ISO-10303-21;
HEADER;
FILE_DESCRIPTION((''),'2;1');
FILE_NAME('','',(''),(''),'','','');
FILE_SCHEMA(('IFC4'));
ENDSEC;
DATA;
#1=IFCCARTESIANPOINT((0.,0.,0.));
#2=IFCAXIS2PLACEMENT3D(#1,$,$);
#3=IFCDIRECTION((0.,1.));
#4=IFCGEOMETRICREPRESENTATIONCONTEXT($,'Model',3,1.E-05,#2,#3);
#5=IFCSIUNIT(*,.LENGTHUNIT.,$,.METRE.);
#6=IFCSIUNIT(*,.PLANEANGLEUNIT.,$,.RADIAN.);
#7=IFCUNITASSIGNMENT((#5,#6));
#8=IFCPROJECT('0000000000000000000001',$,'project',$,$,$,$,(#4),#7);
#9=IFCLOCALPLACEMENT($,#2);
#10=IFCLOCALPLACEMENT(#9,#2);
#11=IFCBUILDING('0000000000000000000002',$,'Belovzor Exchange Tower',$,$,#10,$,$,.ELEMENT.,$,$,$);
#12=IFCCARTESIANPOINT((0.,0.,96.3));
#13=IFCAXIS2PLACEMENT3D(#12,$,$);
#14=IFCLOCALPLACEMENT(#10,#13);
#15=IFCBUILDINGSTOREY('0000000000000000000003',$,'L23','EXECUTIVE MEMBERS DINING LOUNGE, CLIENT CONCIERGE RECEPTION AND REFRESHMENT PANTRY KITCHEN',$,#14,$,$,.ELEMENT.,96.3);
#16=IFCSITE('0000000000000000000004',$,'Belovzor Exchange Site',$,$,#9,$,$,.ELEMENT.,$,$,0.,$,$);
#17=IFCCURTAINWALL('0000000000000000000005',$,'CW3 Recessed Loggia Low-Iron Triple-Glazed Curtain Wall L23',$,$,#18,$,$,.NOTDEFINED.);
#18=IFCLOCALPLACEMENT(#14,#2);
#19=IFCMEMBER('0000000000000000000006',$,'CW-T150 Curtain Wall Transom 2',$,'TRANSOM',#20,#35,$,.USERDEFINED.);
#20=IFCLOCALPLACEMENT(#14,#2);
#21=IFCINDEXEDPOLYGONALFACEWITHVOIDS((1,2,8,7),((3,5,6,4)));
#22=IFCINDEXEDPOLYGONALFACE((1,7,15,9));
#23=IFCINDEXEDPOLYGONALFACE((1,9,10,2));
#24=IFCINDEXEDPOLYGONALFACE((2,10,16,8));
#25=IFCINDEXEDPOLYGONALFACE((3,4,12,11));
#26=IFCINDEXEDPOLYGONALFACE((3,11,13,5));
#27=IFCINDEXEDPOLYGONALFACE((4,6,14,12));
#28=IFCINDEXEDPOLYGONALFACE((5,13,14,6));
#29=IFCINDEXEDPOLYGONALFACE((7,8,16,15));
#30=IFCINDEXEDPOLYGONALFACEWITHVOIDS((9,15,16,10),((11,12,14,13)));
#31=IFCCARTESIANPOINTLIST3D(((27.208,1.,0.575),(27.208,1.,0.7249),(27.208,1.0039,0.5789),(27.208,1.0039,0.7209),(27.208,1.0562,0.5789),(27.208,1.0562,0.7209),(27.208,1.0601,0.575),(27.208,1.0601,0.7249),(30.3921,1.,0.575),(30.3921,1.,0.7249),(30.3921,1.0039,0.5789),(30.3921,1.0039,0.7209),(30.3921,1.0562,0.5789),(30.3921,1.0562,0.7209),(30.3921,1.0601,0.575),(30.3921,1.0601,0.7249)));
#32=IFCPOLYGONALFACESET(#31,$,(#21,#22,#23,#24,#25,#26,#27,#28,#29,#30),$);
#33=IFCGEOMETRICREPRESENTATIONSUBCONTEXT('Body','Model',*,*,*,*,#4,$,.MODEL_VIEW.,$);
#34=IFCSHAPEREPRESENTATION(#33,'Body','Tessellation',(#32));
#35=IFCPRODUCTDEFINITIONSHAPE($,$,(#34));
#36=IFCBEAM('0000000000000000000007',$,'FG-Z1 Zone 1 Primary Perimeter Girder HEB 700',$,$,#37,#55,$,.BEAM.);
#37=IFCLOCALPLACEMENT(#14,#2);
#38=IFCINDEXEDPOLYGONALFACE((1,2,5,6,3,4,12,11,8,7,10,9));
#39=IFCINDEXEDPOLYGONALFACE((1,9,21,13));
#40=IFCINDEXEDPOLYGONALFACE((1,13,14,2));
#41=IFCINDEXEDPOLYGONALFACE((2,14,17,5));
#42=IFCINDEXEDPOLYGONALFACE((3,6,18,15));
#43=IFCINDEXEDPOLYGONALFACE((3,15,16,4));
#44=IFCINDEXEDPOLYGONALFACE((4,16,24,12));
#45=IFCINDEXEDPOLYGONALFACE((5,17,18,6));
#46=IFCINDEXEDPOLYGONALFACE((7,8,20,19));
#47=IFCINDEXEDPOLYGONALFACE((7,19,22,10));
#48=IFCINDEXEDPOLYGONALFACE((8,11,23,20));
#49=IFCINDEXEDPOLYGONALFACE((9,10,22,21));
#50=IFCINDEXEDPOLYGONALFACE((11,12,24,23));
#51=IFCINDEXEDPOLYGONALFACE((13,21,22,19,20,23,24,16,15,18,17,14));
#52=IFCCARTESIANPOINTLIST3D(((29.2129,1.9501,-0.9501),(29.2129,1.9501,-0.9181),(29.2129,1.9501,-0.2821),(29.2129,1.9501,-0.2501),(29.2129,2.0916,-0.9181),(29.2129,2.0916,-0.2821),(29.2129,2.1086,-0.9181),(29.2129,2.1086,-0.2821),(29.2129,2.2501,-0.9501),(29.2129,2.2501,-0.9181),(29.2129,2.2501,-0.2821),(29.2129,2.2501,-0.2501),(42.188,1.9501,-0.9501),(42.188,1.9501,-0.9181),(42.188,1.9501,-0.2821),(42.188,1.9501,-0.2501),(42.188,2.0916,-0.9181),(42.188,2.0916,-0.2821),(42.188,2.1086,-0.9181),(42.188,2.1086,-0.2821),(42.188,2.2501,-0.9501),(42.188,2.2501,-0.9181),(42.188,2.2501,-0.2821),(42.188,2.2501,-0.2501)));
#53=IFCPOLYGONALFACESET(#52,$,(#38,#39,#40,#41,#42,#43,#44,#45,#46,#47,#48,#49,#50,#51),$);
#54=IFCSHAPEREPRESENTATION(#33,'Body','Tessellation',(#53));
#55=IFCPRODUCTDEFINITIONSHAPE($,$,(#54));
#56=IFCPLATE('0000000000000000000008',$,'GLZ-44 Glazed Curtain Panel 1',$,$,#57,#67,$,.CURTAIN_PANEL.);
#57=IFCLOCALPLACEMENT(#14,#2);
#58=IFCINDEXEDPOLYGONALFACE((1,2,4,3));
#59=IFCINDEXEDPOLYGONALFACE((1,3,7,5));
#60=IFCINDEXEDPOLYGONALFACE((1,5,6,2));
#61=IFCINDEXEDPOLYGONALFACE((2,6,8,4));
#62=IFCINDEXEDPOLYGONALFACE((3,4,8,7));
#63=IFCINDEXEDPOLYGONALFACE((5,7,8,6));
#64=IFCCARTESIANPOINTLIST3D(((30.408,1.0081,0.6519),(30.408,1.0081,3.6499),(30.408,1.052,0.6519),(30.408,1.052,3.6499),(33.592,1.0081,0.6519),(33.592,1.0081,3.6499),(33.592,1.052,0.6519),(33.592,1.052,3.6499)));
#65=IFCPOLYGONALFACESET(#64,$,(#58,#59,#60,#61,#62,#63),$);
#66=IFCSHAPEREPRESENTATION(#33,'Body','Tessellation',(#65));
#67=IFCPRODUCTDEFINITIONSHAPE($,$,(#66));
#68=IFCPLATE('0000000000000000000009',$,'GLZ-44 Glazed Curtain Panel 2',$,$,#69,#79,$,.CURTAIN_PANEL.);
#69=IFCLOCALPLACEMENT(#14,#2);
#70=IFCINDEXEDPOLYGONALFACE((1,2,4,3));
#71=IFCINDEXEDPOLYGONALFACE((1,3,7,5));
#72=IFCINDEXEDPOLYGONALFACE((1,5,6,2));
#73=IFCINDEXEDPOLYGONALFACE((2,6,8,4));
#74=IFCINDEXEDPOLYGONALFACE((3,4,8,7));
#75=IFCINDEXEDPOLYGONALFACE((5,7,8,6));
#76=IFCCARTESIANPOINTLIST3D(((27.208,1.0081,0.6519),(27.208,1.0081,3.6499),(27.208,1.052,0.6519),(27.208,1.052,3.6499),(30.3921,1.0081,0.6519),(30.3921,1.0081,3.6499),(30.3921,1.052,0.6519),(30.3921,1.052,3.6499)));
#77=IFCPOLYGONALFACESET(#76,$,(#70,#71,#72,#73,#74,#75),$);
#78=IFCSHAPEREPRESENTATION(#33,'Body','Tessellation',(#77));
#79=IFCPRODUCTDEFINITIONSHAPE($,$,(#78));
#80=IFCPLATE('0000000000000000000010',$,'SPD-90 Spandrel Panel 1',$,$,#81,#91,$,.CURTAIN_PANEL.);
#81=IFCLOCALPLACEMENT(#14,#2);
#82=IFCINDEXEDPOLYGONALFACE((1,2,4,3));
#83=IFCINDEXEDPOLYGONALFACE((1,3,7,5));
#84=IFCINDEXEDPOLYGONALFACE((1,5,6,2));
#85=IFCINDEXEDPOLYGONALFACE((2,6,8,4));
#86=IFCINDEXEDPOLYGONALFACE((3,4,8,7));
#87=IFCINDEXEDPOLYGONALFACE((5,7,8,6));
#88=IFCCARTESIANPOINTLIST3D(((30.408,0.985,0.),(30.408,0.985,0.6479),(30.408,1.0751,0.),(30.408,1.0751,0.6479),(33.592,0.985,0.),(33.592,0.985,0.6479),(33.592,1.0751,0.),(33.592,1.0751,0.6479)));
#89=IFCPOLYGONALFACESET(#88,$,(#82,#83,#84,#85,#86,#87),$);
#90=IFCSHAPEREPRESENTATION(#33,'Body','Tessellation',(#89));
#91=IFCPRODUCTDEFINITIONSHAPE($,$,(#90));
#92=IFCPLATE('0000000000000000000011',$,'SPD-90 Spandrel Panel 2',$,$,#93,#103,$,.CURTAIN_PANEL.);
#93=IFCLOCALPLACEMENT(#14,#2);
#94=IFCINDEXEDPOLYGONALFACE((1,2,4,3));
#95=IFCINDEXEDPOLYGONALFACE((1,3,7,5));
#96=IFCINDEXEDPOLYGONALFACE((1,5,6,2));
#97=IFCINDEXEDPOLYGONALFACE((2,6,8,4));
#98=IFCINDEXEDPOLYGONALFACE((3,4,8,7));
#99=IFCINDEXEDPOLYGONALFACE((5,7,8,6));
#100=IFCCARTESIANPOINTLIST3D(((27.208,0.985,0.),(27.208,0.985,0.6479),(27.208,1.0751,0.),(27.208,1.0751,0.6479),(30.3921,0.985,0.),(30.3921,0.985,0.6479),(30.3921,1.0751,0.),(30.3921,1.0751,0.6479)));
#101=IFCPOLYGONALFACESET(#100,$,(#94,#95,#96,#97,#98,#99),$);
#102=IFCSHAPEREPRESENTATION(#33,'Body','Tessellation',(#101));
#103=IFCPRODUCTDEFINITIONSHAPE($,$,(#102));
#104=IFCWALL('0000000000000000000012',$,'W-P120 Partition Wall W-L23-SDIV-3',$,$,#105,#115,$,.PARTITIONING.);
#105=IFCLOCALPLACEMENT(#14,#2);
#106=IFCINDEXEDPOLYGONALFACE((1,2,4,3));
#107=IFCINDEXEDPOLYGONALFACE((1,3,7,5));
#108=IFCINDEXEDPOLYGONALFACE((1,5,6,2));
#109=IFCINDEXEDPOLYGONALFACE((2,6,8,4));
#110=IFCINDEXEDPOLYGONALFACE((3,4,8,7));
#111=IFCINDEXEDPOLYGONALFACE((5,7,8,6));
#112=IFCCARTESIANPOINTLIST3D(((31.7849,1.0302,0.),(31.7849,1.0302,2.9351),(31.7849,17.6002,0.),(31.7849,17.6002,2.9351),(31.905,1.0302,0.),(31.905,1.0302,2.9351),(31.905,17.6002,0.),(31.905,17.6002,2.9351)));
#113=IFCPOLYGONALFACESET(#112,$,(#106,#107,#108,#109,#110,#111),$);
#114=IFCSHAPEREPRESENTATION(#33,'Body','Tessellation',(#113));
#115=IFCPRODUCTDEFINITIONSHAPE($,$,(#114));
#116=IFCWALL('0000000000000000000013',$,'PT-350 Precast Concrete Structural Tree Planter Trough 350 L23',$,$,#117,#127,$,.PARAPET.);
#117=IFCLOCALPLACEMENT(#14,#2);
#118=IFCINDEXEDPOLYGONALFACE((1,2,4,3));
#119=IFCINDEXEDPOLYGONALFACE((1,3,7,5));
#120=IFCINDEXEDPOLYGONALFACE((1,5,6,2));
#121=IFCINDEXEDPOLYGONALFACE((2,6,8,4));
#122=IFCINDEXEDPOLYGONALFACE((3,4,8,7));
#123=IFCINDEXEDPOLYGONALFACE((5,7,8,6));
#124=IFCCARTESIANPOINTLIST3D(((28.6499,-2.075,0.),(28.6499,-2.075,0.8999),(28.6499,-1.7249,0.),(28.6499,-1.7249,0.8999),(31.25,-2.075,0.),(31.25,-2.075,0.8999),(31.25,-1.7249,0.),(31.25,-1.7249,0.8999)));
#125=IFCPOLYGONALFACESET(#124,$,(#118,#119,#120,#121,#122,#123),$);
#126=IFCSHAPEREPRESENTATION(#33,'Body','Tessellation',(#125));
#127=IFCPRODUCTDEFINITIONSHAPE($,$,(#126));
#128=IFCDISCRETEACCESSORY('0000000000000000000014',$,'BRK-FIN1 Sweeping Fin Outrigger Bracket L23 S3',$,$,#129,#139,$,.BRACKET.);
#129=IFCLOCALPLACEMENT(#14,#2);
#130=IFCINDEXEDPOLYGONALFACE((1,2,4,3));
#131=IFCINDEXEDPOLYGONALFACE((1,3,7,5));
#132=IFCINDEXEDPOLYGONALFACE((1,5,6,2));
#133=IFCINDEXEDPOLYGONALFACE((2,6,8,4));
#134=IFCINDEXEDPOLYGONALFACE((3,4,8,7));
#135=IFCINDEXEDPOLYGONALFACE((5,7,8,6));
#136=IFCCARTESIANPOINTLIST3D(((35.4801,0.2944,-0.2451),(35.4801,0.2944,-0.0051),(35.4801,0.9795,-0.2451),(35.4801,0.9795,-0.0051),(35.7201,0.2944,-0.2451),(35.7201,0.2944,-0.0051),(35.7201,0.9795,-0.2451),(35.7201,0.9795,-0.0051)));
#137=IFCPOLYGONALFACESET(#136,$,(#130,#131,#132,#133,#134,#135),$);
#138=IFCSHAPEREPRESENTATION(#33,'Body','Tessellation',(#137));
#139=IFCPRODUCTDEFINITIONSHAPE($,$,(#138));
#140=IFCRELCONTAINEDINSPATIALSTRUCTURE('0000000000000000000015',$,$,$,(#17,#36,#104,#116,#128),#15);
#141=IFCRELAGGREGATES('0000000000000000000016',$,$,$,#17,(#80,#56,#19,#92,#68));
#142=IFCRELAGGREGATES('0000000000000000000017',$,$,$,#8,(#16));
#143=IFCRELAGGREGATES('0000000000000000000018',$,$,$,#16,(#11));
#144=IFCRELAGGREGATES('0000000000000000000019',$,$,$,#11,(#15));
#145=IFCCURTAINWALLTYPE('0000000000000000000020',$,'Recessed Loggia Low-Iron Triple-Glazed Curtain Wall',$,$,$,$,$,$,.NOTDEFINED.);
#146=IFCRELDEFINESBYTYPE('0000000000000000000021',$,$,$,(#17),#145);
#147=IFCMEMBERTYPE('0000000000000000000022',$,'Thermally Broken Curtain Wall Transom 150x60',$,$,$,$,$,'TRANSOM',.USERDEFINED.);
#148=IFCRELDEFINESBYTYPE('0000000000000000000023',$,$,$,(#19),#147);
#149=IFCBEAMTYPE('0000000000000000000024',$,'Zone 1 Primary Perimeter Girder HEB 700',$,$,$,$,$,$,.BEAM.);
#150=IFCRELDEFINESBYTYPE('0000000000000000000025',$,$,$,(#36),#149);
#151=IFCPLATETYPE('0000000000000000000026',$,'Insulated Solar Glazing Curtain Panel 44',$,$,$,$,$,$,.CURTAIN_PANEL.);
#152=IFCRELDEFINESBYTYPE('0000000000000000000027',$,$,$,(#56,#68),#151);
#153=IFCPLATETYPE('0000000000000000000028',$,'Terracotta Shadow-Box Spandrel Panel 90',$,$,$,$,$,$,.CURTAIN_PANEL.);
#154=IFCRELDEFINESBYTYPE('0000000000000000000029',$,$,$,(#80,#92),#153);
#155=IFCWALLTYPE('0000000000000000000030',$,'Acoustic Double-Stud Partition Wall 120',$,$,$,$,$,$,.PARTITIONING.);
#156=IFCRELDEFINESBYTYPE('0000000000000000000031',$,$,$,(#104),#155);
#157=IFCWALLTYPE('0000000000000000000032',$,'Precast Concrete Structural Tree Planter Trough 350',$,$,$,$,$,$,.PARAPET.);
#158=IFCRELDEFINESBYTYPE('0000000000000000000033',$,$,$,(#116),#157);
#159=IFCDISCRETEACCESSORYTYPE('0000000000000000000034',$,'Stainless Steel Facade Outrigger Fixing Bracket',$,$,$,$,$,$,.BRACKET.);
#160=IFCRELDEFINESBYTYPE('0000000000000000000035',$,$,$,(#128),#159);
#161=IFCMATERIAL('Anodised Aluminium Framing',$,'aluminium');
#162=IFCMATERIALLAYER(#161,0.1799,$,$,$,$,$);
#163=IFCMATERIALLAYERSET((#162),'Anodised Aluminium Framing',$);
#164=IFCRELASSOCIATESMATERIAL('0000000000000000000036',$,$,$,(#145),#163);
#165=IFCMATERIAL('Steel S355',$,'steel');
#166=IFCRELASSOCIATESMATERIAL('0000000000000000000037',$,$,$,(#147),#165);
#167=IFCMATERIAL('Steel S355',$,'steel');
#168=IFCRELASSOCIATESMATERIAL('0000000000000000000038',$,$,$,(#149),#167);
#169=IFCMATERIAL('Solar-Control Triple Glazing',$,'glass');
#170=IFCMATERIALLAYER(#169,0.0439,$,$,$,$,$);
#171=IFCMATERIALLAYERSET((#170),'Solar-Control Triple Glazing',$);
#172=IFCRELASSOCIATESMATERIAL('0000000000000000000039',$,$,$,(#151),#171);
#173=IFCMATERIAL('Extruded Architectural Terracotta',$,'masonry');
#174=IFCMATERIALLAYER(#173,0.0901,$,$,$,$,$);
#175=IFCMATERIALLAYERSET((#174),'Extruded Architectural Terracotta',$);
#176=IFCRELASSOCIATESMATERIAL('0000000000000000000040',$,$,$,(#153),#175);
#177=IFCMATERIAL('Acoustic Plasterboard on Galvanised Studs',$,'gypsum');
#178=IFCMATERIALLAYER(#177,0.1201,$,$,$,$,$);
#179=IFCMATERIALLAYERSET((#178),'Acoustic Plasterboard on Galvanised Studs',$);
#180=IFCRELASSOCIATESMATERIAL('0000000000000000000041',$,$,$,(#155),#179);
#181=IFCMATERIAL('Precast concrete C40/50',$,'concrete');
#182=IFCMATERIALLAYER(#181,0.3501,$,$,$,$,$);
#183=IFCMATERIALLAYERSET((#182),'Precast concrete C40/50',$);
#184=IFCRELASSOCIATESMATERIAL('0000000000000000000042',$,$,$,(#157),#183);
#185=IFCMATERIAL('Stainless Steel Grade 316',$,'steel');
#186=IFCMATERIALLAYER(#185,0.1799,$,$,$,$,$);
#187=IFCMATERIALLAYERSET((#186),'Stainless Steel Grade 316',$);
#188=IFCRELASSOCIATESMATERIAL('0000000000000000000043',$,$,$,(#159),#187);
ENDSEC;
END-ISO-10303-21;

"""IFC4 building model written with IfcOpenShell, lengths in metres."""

from ifc_helpers import new_model, si_unit, direction, frame, frame_2d, origin, origin_2d, place, context, subcontext, project, spatial, rectangle, hollow_rectangle, i_section, extrude, material, layer, layer_set, material_profile, profile_set, type_object, element, aggregate, save


model = new_model("IFC4")

# Units and contexts
model_context = context("Model", 3, precision=1e-05, world=origin(), true_north=direction((0.0, 1.0)))
body_context = subcontext(model_context, "Body", "Model", "MODEL_VIEW")
ifc_project = project(units=[si_unit("LENGTHUNIT", "METRE"), si_unit("PLANEANGLEUNIT", "RADIAN")], contexts=[model_context])

# Site, building, storey
site_placement = place(None, origin())
site = spatial("IfcSite", under=ifc_project, at=site_placement, Name="Belovzor Exchange Site", CompositionType="ELEMENT", RefElevation=0.0)
building_placement = place(site_placement, origin())
building = spatial("IfcBuilding", under=site, at=building_placement, Name="Belovzor Exchange Tower", CompositionType="ELEMENT")
storey_placement = place(building_placement, frame((0.0, 0.0, 96.3)))
storey = spatial("IfcBuildingStorey", under=building, at=storey_placement, Name="L23", Description="EXECUTIVE MEMBERS DINING LOUNGE, CLIENT CONCIERGE RECEPTION AND REFRESHMENT PANTRY KITCHEN", CompositionType="ELEMENT", Elevation=96.3)

# Curtain wall, member
ifc_material_1 = material(Name="Anodised Aluminium Framing", Category="aluminium")
ifc_layer_1 = layer(ifc_material_1, 0.1799)
ifc_layer_set_1 = layer_set([ifc_layer_1], Name="Anodised Aluminium Framing")
curtain_wall_type = type_object("IfcCurtainWallType", Name="Recessed Loggia Low-Iron Triple-Glazed Curtain Wall", PredefinedType="NOTDEFINED", material=ifc_layer_set_1)
curtain_wall_placement = place(storey_placement, origin())
curtain_wall = element("IfcCurtainWall", 1, at=curtain_wall_placement, inside=storey, type_object=curtain_wall_type, Name="CW3 Recessed Loggia Low-Iron Triple-Glazed Curtain Wall L23", PredefinedType="NOTDEFINED")
ifc_material_2 = material(Name="Steel S355", Category="steel")
ifc_material_profile_1 = material_profile(ifc_material_2, hollow_rectangle(XDim=0.0601, YDim=0.1499, WallThickness=0.0039, at=origin_2d()))
ifc_profile_set_1 = profile_set([ifc_material_profile_1], Name="Steel S355")
member_type_1 = type_object("IfcMemberType", Name="Thermally Broken Curtain Wall Transom 150x60", ElementType="TRANSOM", PredefinedType="USERDEFINED", material=ifc_profile_set_1)
member_1_placement = place(storey_placement, frame((30.3921, 1.03, 0.6499), z_axis=(-1.0, 0.0, 0.0), x_axis=(0.0, -1.0, 0.0)))
member_1 = element("IfcMember", 2, at=member_1_placement, type_object=member_type_1, Name="CW-T150 Curtain Wall Transom 2", ObjectType="TRANSOM", PredefinedType="USERDEFINED", context=body_context, shape_type="SweptSolid", body=[
    extrude(hollow_rectangle(XDim=0.0601, YDim=0.1499, WallThickness=0.0039, at=origin_2d()), origin(), (0.0, 0.0, 1.0), 3.1841),
])

# Beam
ifc_material_3 = material(Name="Steel S355", Category="steel")
ifc_material_profile_2 = material_profile(ifc_material_3, i_section(OverallWidth=0.3, OverallDepth=0.7, WebThickness=0.0171, FlangeThickness=0.032, at=origin_2d()))
ifc_profile_set_2 = profile_set([ifc_material_profile_2], Name="Steel S355")
beam_type_1 = type_object("IfcBeamType", Name="Zone 1 Primary Perimeter Girder HEB 700", PredefinedType="BEAM", material=ifc_profile_set_2)
beam_1_placement = place(storey_placement, frame((29.2129, 2.1001, -0.6001), z_axis=(1.0, 0.0, 0.0), x_axis=(0.0, 1.0, 0.0)))
element("IfcBeam", 3, at=beam_1_placement, inside=storey, type_object=beam_type_1, Name="FG-Z1 Zone 1 Primary Perimeter Girder HEB 700", PredefinedType="BEAM", context=body_context, shape_type="SweptSolid", body=[
    extrude(i_section(OverallWidth=0.3, OverallDepth=0.7, WebThickness=0.0171, FlangeThickness=0.032, at=origin_2d()), origin(), (0.0, 0.0, 1.0), 12.9751),
])

# Plates
ifc_material_4 = material(Name="Solar-Control Triple Glazing", Category="glass")
ifc_layer_2 = layer(ifc_material_4, 0.0439)
ifc_layer_set_2 = layer_set([ifc_layer_2], Name="Solar-Control Triple Glazing")
plate_type_1 = type_object("IfcPlateType", Name="Insulated Solar Glazing Curtain Panel 44", PredefinedType="CURTAIN_PANEL", material=ifc_layer_set_2)
plate_1_placement = place(storey_placement, frame((32.0, 1.03, 0.6519), z_axis=(0.0, 0.0, 1.0), x_axis=(-1.0, 0.0, 0.0)))
plate_1 = element("IfcPlate", 4, at=plate_1_placement, type_object=plate_type_1, Name="GLZ-44 Glazed Curtain Panel 1", PredefinedType="CURTAIN_PANEL", context=body_context, shape_type="SweptSolid", body=[
    extrude(rectangle(XDim=3.1841, YDim=0.0439, at=origin_2d()), origin(), (0.0, 0.0, 1.0), 2.998),
])
plate_2_placement = place(storey_placement, frame((28.8, 1.03, 0.6519), z_axis=(0.0, 0.0, 1.0), x_axis=(-1.0, 0.0, 0.0)))
plate_2 = element("IfcPlate", 5, at=plate_2_placement, type_object=plate_type_1, Name="GLZ-44 Glazed Curtain Panel 2", PredefinedType="CURTAIN_PANEL", context=body_context, shape_type="SweptSolid", body=[
    extrude(rectangle(XDim=3.1841, YDim=0.0439, at=origin_2d()), origin(), (0.0, 0.0, 1.0), 2.998),
])
ifc_material_5 = material(Name="Extruded Architectural Terracotta", Category="masonry")
ifc_layer_3 = layer(ifc_material_5, 0.0901)
ifc_layer_set_3 = layer_set([ifc_layer_3], Name="Extruded Architectural Terracotta")
plate_type_2 = type_object("IfcPlateType", Name="Terracotta Shadow-Box Spandrel Panel 90", PredefinedType="CURTAIN_PANEL", material=ifc_layer_set_3)
plate_3_placement = place(storey_placement, frame((32.0, 1.03, 0.0), z_axis=(0.0, 0.0, 1.0), x_axis=(-1.0, 0.0, 0.0)))
plate_3 = element("IfcPlate", 6, at=plate_3_placement, type_object=plate_type_2, Name="SPD-90 Spandrel Panel 1", PredefinedType="CURTAIN_PANEL", context=body_context, shape_type="SweptSolid", body=[
    extrude(rectangle(XDim=3.1841, YDim=0.0901, at=origin_2d()), origin(), (0.0, 0.0, 1.0), 0.6479),
])
plate_4_placement = place(storey_placement, frame((28.8, 1.03, 0.0), z_axis=(0.0, 0.0, 1.0), x_axis=(-1.0, 0.0, 0.0)))
plate_4 = element("IfcPlate", 7, at=plate_4_placement, type_object=plate_type_2, Name="SPD-90 Spandrel Panel 2", PredefinedType="CURTAIN_PANEL", context=body_context, shape_type="SweptSolid", body=[
    extrude(rectangle(XDim=3.1841, YDim=0.0901, at=origin_2d()), origin(), (0.0, 0.0, 1.0), 0.6479),
])
aggregate(curtain_wall, [plate_3, plate_1, member_1, plate_4, plate_2])

# Walls
ifc_material_6 = material(Name="Acoustic Plasterboard on Galvanised Studs", Category="gypsum")
ifc_layer_4 = layer(ifc_material_6, 0.1201)
ifc_layer_set_4 = layer_set([ifc_layer_4], Name="Acoustic Plasterboard on Galvanised Studs")
wall_type_1 = type_object("IfcWallType", Name="Acoustic Double-Stud Partition Wall 120", PredefinedType="PARTITIONING", material=ifc_layer_set_4)
wall_1_placement = place(storey_placement, frame((31.845, 1.03, 0.0), z_axis=(0.0, 0.0, 1.0), x_axis=(0.0, 1.0, 0.0)))
element("IfcWall", 8, at=wall_1_placement, inside=storey, type_object=wall_type_1, Name="W-P120 Partition Wall W-L23-SDIV-3", PredefinedType="PARTITIONING", context=body_context, shape_type="SweptSolid", body=[
    extrude(rectangle(XDim=16.5701, YDim=0.1201, at=frame_2d((8.2852, 0.0))), origin(), (0.0, 0.0, 1.0), 2.9351),
])
ifc_material_7 = material(Name="Precast concrete C40/50", Category="concrete")
ifc_layer_5 = layer(ifc_material_7, 0.3501)
ifc_layer_set_5 = layer_set([ifc_layer_5], Name="Precast concrete C40/50")
wall_type_2 = type_object("IfcWallType", Name="Precast Concrete Structural Tree Planter Trough 350", PredefinedType="PARAPET", material=ifc_layer_set_5)
wall_2_placement = place(storey_placement, frame((28.6499, -1.8999, 0.0), z_axis=(0.0, 0.0, 1.0), x_axis=(1.0, 0.0, 0.0)))
element("IfcWall", 9, at=wall_2_placement, inside=storey, type_object=wall_type_2, Name="PT-350 Precast Concrete Structural Tree Planter Trough 350 L23", PredefinedType="PARAPET", context=body_context, shape_type="SweptSolid", body=[
    extrude(rectangle(XDim=2.6001, YDim=0.3501, at=frame_2d((1.3, 0.0))), origin(), (0.0, 0.0, 1.0), 0.8999),
])

# Discrete accessory
ifc_material_8 = material(Name="Stainless Steel Grade 316", Category="steel")
ifc_layer_6 = layer(ifc_material_8, 0.1799)
ifc_layer_set_6 = layer_set([ifc_layer_6], Name="Stainless Steel Grade 316")
discrete_accessory_type = type_object("IfcDiscreteAccessoryType", Name="Stainless Steel Facade Outrigger Fixing Bracket", PredefinedType="BRACKET", material=ifc_layer_set_6)
discrete_accessory_placement = place(storey_placement, frame((35.6001, 0.637, -0.2451), z_axis=(0.0, 0.0, 1.0), x_axis=(0.0, 1.0, 0.0)))
element("IfcDiscreteAccessory", 10, at=discrete_accessory_placement, inside=storey, type_object=discrete_accessory_type, Name="BRK-FIN1 Sweeping Fin Outrigger Bracket L23 S3", PredefinedType="BRACKET", context=body_context, shape_type="SweptSolid", body=[
    extrude(rectangle(XDim=0.6851, YDim=0.24, at=origin_2d()), origin(), (0.0, 0.0, 1.0), 0.24),
])

save(model, "model.ifc")
